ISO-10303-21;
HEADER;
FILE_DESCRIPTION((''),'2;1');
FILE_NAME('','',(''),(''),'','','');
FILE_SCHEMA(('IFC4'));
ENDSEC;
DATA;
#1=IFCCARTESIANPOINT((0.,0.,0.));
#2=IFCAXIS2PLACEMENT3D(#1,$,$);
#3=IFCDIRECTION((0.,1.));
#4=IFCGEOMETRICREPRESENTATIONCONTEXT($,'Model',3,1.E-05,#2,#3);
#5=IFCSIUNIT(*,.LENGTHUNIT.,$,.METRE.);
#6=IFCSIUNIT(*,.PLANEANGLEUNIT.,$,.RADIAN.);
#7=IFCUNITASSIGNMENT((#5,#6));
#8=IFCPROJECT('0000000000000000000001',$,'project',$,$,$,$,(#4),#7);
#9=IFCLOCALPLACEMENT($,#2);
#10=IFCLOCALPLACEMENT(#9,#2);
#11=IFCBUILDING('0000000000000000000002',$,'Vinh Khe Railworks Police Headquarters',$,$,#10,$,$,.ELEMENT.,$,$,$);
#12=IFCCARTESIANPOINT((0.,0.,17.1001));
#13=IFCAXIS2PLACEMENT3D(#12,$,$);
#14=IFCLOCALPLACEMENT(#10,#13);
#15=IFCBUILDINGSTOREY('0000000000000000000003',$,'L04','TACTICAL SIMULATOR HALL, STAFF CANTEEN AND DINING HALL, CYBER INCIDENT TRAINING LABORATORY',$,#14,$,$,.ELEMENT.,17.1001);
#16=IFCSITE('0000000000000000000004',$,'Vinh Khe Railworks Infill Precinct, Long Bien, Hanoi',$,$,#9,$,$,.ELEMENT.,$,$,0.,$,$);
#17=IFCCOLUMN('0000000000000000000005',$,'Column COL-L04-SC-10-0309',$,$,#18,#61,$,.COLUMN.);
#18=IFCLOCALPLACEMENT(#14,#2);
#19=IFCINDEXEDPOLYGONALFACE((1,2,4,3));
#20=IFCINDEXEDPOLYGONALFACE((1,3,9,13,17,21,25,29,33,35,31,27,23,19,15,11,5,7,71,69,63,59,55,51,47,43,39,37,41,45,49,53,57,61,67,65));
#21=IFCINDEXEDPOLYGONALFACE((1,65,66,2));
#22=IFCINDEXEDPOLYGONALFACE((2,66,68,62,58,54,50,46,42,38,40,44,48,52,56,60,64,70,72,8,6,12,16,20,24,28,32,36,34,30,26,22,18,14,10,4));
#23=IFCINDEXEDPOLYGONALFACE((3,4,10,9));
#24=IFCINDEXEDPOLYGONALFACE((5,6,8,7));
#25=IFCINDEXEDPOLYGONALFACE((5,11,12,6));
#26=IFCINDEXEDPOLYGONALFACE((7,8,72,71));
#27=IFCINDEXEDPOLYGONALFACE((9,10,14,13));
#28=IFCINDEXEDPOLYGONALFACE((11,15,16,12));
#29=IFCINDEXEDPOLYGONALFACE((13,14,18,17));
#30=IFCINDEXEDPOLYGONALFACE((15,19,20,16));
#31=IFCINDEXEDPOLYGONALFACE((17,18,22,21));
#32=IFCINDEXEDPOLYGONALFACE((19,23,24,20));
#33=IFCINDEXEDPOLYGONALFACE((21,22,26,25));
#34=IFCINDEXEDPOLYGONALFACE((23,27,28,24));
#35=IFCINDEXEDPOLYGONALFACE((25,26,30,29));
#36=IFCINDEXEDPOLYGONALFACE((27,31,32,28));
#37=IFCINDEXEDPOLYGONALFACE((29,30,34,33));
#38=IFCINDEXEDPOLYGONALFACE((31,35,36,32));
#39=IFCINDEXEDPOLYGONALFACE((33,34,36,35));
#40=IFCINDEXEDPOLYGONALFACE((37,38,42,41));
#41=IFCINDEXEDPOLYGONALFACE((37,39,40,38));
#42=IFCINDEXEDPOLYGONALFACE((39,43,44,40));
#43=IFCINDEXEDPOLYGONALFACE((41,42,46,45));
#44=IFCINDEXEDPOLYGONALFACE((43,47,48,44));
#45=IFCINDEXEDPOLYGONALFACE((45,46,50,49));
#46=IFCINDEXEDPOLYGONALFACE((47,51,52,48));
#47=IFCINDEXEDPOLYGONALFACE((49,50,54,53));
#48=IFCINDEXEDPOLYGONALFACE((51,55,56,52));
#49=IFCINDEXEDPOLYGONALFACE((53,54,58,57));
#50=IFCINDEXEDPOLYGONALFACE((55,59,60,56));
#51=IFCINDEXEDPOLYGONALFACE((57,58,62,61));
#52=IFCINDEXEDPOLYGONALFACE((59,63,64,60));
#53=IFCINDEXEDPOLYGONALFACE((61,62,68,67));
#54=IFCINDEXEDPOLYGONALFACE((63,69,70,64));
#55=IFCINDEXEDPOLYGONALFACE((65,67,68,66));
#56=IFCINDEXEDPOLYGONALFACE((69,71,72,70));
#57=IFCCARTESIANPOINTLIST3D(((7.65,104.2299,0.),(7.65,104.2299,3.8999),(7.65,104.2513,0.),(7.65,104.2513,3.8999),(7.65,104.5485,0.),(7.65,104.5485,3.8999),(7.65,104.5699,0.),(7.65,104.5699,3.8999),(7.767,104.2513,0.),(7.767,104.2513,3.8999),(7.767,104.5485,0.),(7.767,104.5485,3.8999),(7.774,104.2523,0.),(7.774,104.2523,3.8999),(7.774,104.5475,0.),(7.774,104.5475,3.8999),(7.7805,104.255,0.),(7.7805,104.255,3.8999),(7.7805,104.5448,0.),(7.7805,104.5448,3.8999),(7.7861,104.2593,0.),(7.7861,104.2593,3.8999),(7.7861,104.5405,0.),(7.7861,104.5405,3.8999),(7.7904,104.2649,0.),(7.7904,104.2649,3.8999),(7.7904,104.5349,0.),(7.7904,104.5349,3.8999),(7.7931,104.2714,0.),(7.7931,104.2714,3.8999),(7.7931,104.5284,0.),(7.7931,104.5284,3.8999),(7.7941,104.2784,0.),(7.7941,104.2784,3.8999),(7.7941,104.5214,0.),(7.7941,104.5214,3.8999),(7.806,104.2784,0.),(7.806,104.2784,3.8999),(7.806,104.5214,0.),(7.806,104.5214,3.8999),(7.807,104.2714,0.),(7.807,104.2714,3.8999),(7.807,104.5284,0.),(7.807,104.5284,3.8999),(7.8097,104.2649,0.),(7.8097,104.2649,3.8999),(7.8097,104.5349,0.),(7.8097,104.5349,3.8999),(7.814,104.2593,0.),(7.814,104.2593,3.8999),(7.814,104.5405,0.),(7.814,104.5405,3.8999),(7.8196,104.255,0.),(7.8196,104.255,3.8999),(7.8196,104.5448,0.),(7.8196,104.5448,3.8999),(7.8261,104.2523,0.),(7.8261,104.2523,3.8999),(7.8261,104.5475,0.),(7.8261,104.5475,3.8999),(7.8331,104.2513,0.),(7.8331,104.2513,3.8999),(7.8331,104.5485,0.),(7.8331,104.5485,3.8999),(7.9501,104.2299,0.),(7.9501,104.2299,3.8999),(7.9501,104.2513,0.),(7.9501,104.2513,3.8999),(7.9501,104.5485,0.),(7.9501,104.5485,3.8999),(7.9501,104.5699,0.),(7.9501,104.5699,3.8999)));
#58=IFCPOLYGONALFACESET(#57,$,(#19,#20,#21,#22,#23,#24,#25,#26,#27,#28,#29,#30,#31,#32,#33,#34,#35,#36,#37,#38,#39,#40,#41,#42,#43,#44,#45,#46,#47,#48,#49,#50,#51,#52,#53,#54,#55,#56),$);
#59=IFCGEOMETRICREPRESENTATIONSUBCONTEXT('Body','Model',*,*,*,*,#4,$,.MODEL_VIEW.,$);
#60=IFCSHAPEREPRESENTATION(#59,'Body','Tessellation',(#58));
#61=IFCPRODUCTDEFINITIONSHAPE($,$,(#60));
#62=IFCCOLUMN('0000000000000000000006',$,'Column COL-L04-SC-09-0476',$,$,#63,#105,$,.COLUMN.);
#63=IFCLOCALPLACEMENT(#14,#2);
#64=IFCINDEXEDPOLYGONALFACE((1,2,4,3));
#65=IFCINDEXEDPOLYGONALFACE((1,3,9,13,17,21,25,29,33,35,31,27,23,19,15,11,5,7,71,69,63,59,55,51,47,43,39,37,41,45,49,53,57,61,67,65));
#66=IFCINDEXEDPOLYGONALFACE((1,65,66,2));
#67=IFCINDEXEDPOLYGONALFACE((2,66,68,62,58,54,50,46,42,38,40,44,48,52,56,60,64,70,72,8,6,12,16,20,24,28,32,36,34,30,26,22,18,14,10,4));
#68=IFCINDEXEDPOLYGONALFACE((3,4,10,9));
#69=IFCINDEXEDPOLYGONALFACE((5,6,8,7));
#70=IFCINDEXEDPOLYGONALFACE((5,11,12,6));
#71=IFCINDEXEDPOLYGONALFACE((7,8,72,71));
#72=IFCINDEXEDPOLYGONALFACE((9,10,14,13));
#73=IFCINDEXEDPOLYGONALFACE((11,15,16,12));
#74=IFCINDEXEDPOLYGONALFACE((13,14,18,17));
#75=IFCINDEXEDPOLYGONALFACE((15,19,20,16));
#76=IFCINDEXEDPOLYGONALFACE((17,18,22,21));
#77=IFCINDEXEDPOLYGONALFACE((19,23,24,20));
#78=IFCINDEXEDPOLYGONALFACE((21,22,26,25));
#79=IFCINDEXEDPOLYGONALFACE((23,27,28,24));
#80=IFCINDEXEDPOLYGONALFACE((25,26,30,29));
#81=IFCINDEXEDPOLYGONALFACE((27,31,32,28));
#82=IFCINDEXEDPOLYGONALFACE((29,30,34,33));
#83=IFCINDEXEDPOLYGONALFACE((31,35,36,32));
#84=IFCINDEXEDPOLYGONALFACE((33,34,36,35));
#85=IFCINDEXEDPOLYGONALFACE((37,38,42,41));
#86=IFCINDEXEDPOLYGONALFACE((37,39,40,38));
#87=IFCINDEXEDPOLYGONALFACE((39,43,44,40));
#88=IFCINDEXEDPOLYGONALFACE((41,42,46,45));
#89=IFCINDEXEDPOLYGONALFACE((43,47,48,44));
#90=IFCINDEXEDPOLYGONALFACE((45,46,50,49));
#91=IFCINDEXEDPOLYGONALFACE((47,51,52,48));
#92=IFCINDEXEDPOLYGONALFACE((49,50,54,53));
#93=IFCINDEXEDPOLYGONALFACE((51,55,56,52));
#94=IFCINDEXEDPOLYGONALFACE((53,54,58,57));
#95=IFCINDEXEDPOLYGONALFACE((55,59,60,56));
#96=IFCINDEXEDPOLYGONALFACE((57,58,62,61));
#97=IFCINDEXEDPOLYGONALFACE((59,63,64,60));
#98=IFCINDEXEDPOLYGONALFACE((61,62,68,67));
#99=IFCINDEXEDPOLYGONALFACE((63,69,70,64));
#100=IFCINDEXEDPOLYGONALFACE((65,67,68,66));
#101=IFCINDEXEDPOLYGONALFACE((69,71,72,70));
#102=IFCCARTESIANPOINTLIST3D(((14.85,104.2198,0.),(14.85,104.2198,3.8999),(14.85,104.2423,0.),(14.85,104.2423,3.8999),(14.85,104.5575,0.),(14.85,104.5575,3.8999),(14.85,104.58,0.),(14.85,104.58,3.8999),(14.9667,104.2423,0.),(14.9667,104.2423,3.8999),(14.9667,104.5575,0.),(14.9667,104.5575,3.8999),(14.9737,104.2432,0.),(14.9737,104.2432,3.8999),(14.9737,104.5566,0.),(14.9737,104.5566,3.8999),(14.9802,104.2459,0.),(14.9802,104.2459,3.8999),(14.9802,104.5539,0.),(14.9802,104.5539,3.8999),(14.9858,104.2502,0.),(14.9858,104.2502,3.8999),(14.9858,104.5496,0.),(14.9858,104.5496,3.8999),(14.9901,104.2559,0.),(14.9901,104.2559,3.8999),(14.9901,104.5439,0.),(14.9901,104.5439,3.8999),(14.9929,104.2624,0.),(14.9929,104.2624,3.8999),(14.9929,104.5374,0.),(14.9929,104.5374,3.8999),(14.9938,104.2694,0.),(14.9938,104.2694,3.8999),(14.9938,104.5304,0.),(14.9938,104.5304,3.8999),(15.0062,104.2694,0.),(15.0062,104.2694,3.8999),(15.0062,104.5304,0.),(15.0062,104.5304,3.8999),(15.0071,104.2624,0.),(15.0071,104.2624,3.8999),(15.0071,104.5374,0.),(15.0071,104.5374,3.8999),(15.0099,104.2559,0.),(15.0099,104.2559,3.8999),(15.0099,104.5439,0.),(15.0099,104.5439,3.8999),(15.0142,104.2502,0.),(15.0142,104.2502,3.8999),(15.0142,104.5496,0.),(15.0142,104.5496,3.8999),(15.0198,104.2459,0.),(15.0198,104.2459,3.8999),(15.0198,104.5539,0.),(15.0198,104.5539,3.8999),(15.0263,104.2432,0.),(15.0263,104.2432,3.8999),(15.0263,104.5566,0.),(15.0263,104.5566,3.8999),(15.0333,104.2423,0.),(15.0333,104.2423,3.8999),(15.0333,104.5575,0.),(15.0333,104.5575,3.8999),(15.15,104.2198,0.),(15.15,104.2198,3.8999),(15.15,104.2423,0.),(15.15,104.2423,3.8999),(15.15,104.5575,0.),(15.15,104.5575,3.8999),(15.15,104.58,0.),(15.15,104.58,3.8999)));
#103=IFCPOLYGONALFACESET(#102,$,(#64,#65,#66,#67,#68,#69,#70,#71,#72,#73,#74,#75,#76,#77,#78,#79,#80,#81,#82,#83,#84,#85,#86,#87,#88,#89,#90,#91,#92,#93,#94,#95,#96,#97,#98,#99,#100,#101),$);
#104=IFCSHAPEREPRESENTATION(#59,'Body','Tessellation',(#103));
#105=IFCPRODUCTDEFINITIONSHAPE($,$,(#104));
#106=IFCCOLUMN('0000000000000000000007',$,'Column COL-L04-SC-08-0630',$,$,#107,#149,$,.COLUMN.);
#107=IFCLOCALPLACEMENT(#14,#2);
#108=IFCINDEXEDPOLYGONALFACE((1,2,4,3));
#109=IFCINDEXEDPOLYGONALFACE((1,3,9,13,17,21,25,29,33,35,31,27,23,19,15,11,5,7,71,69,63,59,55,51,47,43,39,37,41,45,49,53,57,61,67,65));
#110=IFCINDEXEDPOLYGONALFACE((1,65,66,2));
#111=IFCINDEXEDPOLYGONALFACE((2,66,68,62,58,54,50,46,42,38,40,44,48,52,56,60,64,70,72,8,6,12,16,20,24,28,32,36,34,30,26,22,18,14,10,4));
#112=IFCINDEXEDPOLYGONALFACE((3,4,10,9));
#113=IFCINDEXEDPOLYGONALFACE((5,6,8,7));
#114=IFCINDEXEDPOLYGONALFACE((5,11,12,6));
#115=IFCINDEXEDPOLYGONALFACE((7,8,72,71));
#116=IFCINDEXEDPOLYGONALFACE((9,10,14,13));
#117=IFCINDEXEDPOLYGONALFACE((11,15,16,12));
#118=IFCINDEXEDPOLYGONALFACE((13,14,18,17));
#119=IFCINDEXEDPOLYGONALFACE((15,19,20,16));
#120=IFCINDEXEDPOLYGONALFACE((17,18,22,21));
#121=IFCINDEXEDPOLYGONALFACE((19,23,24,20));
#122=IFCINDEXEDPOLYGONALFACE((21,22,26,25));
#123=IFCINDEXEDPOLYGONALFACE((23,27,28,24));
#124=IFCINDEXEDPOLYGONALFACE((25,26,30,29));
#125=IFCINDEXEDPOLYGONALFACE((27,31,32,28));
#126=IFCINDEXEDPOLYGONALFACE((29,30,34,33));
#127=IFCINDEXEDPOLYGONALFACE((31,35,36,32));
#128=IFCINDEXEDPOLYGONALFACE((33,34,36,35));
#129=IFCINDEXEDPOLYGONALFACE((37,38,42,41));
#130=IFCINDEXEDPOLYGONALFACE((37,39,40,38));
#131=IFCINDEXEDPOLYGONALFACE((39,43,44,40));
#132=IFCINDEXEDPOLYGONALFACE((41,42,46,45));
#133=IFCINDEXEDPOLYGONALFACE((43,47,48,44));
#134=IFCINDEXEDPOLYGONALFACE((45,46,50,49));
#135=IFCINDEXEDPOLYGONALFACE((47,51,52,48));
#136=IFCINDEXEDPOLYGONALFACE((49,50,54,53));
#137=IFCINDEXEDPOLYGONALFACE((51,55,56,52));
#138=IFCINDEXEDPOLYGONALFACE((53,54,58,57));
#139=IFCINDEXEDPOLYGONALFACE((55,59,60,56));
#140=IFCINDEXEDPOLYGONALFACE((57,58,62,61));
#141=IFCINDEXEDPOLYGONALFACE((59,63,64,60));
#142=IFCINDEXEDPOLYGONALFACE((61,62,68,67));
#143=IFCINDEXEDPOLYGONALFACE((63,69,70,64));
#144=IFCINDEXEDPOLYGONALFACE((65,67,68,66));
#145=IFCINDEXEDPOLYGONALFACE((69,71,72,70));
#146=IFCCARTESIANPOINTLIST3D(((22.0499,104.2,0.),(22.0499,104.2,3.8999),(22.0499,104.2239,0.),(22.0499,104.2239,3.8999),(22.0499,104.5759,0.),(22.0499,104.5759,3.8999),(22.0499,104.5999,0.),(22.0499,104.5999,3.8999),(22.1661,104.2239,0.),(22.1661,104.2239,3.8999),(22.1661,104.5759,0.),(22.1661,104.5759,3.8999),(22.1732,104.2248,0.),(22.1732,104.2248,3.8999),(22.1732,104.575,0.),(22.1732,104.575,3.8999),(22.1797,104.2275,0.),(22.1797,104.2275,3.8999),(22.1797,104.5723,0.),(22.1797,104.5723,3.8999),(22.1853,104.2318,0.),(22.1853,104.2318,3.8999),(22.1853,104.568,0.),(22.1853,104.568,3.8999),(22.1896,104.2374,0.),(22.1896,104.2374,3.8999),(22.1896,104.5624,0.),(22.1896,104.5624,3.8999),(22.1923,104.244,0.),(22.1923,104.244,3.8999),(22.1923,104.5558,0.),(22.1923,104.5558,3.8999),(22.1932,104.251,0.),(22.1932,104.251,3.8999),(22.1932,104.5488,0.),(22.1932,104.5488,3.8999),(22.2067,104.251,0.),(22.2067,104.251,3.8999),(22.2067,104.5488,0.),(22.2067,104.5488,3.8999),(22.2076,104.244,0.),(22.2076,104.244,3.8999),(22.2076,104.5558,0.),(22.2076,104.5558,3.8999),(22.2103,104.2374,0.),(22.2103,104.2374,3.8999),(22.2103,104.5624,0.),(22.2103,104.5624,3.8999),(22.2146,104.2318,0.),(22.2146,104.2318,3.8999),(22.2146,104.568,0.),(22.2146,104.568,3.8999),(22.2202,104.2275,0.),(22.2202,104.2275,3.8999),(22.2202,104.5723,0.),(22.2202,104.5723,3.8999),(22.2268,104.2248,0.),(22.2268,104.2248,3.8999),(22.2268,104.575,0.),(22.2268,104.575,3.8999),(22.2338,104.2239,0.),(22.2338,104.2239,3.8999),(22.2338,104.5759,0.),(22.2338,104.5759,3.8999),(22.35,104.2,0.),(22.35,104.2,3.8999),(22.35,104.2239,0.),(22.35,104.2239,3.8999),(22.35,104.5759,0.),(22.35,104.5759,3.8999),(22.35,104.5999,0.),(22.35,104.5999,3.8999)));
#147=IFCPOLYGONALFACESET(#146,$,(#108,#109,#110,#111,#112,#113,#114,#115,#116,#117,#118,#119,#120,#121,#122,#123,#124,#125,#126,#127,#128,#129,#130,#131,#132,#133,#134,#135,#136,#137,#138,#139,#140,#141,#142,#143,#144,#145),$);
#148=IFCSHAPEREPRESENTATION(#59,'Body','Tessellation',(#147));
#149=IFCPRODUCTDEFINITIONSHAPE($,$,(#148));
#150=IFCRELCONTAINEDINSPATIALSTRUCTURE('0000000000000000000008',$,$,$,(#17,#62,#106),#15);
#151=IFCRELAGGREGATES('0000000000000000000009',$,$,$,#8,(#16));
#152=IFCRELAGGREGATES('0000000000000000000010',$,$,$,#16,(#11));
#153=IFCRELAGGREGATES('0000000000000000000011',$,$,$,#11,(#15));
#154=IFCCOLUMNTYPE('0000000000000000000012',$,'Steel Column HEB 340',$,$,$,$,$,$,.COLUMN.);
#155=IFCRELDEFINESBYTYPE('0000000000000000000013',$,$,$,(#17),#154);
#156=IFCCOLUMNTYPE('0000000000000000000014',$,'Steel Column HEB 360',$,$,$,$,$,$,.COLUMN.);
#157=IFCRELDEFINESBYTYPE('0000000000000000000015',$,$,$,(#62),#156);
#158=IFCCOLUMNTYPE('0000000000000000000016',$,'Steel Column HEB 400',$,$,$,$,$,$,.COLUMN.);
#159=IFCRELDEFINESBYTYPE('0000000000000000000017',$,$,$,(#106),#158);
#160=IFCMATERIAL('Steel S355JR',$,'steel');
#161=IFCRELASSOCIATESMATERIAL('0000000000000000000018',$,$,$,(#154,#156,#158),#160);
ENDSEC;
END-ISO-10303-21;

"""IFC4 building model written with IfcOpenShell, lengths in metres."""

from ifc_helpers import new_model, si_unit, direction, frame, origin, origin_2d, place, context, subcontext, project, spatial, i_section, extrude, material, material_profile, profile_set, type_object, element, save


model = new_model("IFC4")

# Units and contexts
model_context = context("Model", 3, precision=1e-05, world=origin(), true_north=direction((0.0, 1.0)))
body_context = subcontext(model_context, "Body", "Model", "MODEL_VIEW")
ifc_project = project(units=[si_unit("LENGTHUNIT", "METRE"), si_unit("PLANEANGLEUNIT", "RADIAN")], contexts=[model_context])

# Site, building, storey
site_placement = place(None, origin())
site = spatial("IfcSite", under=ifc_project, at=site_placement, Name="Vinh Khe Railworks Infill Precinct, Long Bien, Hanoi", CompositionType="ELEMENT", RefElevation=0.0)
building_placement = place(site_placement, origin())
building = spatial("IfcBuilding", under=site, at=building_placement, Name="Vinh Khe Railworks Police Headquarters", CompositionType="ELEMENT")
storey_placement = place(building_placement, frame((0.0, 0.0, 17.1001)))
storey = spatial("IfcBuildingStorey", under=building, at=storey_placement, Name="L04", Description="TACTICAL SIMULATOR HALL, STAFF CANTEEN AND DINING HALL, CYBER INCIDENT TRAINING LABORATORY", CompositionType="ELEMENT", Elevation=17.1001)

# Columns
ifc_material_1 = material(Name="Steel S355JR", Category="steel")
ifc_material_profile_1 = material_profile(ifc_material_1, i_section(OverallWidth=0.3, OverallDepth=0.3401, WebThickness=0.012, FlangeThickness=0.0215, FilletRadius=0.0271, at=origin_2d()), Name="HEB 340")
ifc_profile_set_1 = profile_set([ifc_material_profile_1], Name="Steel S355JR")
column_type_1 = type_object("IfcColumnType", Name="Steel Column HEB 340", PredefinedType="COLUMN", material=ifc_profile_set_1)
column_1_placement = place(storey_placement, frame((7.8, 104.3999, 0.0), z_axis=(0.0, 0.0, 1.0), x_axis=(1.0, 0.0, 0.0)))
element("IfcColumn", 1, at=column_1_placement, inside=storey, type_object=column_type_1, Name="Column COL-L04-SC-10-0309", PredefinedType="COLUMN", context=body_context, shape_type="SweptSolid", body=[
    extrude(i_section(OverallWidth=0.3, OverallDepth=0.3401, WebThickness=0.012, FlangeThickness=0.0215, FilletRadius=0.0271, at=origin_2d()), origin(), (0.0, 0.0, 1.0), 3.8999),
])
ifc_material_profile_2 = material_profile(ifc_material_1, i_section(OverallWidth=0.3, OverallDepth=0.3601, WebThickness=0.0125, FlangeThickness=0.0225, FilletRadius=0.0271, at=origin_2d()), Name="HEB 360")
ifc_profile_set_2 = profile_set([ifc_material_profile_2], Name="Steel S355JR")
column_type_2 = type_object("IfcColumnType", Name="Steel Column HEB 360", PredefinedType="COLUMN", material=ifc_profile_set_2)
column_2_placement = place(storey_placement, frame((15.0, 104.3999, 0.0), z_axis=(0.0, 0.0, 1.0), x_axis=(1.0, 0.0, 0.0)))
element("IfcColumn", 2, at=column_2_placement, inside=storey, type_object=column_type_2, Name="Column COL-L04-SC-09-0476", PredefinedType="COLUMN", context=body_context, shape_type="SweptSolid", body=[
    extrude(i_section(OverallWidth=0.3, OverallDepth=0.3601, WebThickness=0.0125, FlangeThickness=0.0225, FilletRadius=0.0271, at=origin_2d()), origin(), (0.0, 0.0, 1.0), 3.8999),
])
ifc_material_profile_3 = material_profile(ifc_material_1, i_section(OverallWidth=0.3, OverallDepth=0.3999, WebThickness=0.0134, FlangeThickness=0.0239, FilletRadius=0.0271, at=origin_2d()), Name="HEB 400")
ifc_profile_set_3 = profile_set([ifc_material_profile_3], Name="Steel S355JR")
column_type_3 = type_object("IfcColumnType", Name="Steel Column HEB 400", PredefinedType="COLUMN", material=ifc_profile_set_3)
column_3_placement = place(storey_placement, frame((22.2, 104.3999, 0.0), z_axis=(0.0, 0.0, 1.0), x_axis=(1.0, 0.0, 0.0)))
element("IfcColumn", 3, at=column_3_placement, inside=storey, type_object=column_type_3, Name="Column COL-L04-SC-08-0630", PredefinedType="COLUMN", context=body_context, shape_type="SweptSolid", body=[
    extrude(i_section(OverallWidth=0.3, OverallDepth=0.3999, WebThickness=0.0134, FlangeThickness=0.0239, FilletRadius=0.0271, at=origin_2d()), origin(), (0.0, 0.0, 1.0), 3.8999),
])

save(model, "model.ifc")
